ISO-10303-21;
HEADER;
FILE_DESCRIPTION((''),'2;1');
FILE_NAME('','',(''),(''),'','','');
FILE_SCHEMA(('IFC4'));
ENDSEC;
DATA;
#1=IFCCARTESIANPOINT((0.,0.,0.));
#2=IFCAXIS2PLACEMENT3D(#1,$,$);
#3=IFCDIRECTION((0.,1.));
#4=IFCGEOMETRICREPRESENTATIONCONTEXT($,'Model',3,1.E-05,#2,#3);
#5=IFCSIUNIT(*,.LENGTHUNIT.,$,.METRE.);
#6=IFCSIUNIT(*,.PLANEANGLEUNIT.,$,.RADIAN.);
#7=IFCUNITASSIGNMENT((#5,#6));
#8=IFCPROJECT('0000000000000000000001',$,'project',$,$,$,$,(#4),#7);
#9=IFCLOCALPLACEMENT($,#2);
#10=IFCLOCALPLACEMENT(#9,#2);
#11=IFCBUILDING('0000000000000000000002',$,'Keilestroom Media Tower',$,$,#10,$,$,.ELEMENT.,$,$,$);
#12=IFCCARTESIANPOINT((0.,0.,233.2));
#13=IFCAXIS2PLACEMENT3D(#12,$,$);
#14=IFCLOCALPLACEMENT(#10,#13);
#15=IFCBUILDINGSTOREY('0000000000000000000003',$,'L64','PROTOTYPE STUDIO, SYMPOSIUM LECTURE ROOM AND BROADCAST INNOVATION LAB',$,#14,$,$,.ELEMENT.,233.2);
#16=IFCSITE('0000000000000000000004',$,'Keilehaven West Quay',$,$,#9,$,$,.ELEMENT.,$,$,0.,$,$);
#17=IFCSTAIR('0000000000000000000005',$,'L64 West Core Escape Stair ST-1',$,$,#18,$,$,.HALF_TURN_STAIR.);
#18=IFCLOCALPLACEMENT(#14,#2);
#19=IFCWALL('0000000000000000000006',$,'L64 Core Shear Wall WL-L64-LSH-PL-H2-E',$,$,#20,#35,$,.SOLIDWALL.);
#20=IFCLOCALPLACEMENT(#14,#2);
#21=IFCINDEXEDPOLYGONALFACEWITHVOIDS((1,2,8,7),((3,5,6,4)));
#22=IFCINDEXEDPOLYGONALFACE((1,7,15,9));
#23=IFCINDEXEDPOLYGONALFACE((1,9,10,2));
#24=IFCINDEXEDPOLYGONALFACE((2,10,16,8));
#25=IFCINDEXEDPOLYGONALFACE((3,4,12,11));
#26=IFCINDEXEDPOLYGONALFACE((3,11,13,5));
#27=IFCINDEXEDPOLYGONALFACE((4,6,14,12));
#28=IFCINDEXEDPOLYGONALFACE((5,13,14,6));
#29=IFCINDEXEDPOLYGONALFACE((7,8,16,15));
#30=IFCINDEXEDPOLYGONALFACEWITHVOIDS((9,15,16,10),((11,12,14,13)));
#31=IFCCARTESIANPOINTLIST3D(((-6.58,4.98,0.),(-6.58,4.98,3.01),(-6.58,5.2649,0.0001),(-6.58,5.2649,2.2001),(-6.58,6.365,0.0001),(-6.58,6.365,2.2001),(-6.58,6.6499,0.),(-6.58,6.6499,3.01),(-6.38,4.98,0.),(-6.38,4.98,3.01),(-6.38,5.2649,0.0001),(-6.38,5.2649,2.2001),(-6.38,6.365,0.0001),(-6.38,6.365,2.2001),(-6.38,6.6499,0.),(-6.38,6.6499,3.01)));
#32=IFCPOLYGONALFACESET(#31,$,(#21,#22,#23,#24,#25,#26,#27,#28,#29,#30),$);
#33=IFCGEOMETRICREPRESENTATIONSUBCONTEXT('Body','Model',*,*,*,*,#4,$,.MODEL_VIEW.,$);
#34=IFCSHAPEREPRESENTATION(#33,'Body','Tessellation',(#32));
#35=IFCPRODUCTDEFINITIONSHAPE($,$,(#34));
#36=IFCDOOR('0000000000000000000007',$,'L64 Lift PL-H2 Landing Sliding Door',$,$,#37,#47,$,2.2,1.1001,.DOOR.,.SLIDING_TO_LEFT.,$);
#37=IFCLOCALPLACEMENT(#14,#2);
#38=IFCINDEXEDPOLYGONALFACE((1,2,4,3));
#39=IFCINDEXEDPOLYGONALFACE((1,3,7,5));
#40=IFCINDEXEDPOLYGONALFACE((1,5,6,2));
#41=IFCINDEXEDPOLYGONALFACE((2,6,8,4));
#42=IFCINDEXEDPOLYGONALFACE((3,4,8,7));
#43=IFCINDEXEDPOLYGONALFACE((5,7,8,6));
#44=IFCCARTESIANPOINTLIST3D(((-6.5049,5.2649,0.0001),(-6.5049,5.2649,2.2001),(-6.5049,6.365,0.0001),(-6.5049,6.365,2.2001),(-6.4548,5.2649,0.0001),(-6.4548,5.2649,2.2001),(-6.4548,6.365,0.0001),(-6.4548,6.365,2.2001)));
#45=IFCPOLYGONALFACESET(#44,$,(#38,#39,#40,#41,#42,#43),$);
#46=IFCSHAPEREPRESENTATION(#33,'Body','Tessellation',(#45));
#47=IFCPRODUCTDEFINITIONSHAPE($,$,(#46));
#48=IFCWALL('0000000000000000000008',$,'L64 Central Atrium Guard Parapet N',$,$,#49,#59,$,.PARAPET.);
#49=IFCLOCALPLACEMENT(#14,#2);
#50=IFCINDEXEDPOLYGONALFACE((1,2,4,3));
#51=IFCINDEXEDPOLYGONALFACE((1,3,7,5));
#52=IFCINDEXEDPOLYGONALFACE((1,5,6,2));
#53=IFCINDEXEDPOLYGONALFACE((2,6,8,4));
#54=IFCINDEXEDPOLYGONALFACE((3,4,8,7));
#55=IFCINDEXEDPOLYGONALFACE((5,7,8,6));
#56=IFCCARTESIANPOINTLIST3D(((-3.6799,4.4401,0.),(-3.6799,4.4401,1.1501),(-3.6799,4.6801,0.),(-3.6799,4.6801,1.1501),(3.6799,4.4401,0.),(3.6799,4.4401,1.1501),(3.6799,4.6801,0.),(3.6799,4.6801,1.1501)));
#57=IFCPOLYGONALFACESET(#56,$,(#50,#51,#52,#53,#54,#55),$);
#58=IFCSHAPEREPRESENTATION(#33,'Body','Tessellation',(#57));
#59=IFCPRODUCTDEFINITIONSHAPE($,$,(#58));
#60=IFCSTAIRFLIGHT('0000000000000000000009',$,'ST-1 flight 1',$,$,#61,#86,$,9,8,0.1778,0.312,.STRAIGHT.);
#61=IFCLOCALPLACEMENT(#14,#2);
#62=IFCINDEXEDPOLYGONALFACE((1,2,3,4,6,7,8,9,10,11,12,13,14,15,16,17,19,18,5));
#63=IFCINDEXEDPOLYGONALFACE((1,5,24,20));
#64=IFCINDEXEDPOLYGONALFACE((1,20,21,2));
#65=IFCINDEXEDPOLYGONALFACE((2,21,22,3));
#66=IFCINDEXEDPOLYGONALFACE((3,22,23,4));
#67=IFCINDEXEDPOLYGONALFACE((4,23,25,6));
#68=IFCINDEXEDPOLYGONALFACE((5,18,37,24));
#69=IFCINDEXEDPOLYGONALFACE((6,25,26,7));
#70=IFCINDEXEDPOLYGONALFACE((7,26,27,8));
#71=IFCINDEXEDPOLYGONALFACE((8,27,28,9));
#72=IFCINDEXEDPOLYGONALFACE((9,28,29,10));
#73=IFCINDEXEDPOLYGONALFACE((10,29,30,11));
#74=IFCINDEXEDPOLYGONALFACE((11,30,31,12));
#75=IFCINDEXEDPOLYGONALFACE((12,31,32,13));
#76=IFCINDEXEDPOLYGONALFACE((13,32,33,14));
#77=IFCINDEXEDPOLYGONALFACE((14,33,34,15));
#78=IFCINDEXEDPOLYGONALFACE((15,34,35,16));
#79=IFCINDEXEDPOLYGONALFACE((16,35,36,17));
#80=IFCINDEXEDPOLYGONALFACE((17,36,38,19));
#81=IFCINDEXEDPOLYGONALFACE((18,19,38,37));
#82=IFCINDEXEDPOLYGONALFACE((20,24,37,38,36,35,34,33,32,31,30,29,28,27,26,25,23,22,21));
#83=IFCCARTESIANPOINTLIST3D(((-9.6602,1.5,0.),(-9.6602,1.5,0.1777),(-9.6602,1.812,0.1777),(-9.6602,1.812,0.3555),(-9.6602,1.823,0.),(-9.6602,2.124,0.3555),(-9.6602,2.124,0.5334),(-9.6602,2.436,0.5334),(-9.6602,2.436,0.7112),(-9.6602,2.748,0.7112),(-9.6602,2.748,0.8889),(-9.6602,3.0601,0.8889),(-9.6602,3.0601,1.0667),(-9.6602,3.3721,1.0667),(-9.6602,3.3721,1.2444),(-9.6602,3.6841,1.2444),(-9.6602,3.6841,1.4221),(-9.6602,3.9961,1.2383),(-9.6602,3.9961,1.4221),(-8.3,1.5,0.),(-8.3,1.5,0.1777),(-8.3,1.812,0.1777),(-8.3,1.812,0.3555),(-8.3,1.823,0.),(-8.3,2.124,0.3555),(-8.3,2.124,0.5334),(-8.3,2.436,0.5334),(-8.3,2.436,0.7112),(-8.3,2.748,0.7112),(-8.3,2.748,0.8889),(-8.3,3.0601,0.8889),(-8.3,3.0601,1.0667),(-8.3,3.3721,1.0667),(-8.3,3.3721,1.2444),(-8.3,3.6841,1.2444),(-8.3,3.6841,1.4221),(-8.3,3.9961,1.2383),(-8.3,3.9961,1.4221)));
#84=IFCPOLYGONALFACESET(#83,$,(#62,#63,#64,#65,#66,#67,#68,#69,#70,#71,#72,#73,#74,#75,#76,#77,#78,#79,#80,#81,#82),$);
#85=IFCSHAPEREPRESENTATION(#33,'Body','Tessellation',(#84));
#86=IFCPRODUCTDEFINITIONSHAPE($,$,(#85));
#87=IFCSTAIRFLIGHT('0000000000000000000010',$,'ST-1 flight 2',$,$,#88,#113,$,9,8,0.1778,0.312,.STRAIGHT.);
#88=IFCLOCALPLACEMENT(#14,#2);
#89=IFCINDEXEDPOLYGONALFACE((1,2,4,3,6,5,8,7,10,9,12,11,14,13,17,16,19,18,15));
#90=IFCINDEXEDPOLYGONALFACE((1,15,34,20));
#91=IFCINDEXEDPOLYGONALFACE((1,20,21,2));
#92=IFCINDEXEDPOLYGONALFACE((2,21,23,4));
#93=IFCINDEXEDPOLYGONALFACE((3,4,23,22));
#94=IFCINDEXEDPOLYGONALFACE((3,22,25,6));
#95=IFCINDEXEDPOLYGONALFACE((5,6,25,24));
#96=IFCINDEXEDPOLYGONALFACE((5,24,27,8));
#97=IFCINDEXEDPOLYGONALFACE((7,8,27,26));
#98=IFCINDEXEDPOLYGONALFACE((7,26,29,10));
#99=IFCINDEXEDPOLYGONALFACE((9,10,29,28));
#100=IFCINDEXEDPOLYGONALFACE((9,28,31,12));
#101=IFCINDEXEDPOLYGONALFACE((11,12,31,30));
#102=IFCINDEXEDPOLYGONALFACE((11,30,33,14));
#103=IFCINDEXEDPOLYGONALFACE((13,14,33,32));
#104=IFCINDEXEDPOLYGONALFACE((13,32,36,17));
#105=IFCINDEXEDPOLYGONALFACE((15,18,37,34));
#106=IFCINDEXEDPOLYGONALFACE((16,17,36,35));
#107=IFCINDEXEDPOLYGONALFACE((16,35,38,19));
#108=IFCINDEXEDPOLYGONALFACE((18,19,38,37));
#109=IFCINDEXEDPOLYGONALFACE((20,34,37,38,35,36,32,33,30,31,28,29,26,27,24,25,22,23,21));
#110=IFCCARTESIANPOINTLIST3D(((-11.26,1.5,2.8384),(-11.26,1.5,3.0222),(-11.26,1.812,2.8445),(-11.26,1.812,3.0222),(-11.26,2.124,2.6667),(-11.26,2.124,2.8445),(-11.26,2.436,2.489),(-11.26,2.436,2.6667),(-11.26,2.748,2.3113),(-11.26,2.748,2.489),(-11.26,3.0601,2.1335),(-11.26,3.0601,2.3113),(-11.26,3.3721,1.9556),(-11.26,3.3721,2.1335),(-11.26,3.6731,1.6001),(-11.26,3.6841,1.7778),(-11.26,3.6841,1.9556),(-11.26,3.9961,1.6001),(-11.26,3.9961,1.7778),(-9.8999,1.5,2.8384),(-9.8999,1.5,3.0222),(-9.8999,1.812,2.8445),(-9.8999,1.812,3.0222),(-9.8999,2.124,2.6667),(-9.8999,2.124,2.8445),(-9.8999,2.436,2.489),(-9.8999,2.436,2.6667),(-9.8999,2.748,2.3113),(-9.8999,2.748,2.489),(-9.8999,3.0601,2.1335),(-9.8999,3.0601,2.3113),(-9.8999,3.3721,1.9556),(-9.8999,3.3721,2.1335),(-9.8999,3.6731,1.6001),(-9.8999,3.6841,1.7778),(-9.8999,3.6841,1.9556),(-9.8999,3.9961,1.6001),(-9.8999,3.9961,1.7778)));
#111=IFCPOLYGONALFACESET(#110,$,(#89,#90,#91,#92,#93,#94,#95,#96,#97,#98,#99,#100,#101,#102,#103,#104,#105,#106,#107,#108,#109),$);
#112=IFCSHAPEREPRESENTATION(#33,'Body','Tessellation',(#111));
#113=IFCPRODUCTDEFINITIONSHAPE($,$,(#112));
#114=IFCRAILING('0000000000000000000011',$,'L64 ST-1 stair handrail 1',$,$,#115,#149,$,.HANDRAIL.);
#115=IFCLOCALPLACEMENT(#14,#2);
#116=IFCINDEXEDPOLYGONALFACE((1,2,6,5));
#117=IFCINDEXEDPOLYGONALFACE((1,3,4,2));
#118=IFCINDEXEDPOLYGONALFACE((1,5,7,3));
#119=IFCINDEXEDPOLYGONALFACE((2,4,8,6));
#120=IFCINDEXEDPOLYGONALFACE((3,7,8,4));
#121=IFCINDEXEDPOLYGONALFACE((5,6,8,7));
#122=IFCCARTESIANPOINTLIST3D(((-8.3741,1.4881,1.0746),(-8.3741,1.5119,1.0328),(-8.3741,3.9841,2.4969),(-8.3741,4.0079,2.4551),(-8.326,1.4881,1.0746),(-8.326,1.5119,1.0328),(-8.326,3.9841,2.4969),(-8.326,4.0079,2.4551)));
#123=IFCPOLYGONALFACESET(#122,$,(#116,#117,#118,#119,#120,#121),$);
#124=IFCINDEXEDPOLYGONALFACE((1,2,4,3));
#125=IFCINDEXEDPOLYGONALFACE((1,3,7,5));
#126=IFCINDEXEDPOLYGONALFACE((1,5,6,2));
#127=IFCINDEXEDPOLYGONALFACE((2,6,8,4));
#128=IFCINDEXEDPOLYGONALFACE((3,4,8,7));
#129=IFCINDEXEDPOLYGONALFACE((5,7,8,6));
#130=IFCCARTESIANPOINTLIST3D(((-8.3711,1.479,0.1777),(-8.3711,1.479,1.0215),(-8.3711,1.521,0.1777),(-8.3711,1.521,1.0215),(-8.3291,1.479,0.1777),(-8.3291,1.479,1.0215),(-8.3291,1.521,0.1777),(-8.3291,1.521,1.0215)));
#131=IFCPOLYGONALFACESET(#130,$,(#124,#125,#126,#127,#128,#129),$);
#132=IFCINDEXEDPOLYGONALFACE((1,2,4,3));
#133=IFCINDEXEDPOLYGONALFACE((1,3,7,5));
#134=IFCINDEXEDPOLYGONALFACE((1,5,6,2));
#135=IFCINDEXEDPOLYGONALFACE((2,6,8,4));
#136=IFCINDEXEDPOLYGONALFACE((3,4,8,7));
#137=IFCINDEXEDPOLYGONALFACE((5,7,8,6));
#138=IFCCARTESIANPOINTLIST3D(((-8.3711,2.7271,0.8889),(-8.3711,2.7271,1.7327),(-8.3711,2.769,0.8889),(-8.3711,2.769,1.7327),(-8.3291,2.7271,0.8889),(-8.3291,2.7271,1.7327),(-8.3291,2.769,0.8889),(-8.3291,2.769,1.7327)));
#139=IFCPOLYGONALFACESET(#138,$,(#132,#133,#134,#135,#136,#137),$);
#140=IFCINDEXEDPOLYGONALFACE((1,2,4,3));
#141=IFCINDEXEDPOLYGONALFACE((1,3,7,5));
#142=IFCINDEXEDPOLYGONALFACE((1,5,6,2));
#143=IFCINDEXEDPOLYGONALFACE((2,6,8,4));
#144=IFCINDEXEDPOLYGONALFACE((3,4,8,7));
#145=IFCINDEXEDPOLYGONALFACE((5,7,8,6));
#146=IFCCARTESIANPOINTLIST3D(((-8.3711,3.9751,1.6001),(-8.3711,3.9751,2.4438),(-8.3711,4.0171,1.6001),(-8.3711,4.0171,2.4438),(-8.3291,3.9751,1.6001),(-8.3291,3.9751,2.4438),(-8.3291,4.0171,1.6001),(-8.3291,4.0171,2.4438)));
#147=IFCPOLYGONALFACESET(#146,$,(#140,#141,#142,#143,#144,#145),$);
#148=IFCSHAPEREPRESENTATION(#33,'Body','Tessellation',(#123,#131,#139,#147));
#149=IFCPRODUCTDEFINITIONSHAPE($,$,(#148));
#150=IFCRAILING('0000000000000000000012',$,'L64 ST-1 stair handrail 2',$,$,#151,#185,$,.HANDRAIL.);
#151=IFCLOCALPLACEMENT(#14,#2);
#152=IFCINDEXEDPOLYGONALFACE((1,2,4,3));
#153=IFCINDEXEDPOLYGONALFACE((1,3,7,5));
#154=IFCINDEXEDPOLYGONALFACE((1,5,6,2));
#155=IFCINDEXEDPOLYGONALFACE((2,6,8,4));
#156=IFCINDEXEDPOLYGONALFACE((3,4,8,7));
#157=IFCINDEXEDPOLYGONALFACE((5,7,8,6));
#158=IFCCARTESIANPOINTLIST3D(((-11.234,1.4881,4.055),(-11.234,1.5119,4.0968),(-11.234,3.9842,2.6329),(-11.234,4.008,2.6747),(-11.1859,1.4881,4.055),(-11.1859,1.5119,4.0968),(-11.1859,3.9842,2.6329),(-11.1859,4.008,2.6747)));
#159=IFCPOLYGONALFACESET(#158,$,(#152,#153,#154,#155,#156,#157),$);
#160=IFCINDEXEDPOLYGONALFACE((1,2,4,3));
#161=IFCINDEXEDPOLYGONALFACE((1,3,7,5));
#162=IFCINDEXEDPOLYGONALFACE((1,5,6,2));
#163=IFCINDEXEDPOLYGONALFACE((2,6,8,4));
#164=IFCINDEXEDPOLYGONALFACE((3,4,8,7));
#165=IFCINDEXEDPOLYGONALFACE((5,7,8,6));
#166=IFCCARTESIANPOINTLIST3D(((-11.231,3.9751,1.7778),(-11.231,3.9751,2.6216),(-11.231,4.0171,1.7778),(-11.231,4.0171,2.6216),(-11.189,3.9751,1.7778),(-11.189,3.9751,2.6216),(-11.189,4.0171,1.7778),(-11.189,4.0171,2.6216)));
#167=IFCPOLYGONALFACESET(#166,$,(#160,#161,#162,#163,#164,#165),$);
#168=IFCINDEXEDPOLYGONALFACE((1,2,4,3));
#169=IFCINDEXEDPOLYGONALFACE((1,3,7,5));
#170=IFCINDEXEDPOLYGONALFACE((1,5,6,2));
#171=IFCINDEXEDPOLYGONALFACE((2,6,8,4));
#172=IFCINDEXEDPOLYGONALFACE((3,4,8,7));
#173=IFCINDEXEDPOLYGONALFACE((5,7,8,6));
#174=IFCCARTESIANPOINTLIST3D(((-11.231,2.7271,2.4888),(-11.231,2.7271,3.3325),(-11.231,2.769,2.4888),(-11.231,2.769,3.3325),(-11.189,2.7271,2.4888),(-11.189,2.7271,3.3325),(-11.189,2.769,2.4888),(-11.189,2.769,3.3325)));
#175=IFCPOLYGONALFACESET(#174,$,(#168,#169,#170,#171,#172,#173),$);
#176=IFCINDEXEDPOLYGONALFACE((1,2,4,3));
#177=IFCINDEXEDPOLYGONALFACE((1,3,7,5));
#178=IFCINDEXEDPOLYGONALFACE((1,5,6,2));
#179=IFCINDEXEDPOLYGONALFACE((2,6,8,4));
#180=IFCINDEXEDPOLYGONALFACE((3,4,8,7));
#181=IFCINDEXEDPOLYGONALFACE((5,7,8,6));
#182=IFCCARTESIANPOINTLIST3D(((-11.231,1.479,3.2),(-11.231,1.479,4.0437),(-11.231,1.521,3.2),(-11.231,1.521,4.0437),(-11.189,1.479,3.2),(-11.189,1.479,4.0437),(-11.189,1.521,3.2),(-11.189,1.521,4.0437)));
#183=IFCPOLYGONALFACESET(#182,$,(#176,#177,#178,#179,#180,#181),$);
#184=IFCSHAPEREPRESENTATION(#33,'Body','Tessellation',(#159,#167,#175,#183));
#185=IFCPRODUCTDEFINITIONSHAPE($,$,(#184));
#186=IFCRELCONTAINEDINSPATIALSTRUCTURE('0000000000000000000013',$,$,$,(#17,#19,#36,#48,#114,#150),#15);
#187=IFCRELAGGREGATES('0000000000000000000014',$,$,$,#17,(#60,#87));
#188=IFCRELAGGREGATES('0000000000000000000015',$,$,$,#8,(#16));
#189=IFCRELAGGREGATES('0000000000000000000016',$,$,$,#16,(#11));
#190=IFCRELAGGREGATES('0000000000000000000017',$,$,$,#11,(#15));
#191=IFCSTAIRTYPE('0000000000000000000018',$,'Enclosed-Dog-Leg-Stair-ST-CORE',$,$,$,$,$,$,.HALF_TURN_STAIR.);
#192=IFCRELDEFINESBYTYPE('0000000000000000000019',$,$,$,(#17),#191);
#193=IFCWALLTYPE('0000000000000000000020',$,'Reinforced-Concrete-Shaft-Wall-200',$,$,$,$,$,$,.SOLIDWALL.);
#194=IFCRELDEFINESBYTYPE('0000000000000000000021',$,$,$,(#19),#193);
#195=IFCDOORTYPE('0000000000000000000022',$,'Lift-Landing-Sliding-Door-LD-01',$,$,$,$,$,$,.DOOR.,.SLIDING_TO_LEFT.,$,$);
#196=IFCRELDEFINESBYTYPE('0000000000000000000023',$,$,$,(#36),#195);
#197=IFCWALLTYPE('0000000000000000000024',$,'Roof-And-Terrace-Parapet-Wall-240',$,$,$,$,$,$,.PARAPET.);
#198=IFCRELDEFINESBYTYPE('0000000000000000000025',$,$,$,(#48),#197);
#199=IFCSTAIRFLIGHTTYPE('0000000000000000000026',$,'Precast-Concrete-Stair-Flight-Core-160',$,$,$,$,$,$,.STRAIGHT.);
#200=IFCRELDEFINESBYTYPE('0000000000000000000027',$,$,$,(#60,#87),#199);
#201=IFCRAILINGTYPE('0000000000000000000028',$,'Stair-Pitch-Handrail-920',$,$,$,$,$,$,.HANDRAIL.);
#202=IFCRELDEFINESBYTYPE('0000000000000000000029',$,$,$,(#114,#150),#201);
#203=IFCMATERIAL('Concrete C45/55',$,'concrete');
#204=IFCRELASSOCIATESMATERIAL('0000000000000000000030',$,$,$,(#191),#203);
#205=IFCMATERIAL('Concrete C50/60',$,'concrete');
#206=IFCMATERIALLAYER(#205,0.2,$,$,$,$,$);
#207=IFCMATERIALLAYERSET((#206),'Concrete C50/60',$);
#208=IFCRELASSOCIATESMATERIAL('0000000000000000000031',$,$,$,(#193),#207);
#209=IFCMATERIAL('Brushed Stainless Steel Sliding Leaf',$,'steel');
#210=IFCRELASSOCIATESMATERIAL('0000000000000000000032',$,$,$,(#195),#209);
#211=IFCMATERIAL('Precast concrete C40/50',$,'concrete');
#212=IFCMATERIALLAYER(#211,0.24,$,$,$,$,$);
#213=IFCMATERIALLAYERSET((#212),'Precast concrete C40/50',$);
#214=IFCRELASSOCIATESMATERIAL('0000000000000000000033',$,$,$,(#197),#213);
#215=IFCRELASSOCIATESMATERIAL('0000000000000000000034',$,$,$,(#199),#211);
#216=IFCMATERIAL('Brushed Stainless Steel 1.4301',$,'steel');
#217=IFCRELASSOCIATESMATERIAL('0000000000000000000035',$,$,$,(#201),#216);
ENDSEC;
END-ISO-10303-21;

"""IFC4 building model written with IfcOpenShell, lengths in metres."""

from ifc_helpers import new_model, si_unit, direction, frame, frame_2d, origin, origin_2d, place, context, subcontext, project, spatial, polyline, rectangle, outline, extrude, source, transform, mapped, material, layer, layer_set, type_object, element, fill, aggregate, save


model = new_model("IFC4")

# Units and contexts
model_context = context("Model", 3, precision=1e-05, world=origin(), true_north=direction((0.0, 1.0)))
body_context = subcontext(model_context, "Body", "Model", "MODEL_VIEW")
ifc_project = project(units=[si_unit("LENGTHUNIT", "METRE"), si_unit("PLANEANGLEUNIT", "RADIAN")], contexts=[model_context])

# Site, building, storey
site_placement = place(None, origin())
site = spatial("IfcSite", under=ifc_project, at=site_placement, Name="Keilehaven West Quay", CompositionType="ELEMENT", RefElevation=0.0)
building_placement = place(site_placement, origin())
building = spatial("IfcBuilding", under=site, at=building_placement, Name="Keilestroom Media Tower", CompositionType="ELEMENT")
storey_placement = place(building_placement, frame((0.0, 0.0, 233.2)))
storey = spatial("IfcBuildingStorey", under=building, at=storey_placement, Name="L64", Description="PROTOTYPE STUDIO, SYMPOSIUM LECTURE ROOM AND BROADCAST INNOVATION LAB", CompositionType="ELEMENT", Elevation=233.2)

# Stair
ifc_material_1 = material(Name="Concrete C45/55", Category="concrete")
stair_type = type_object("IfcStairType", Name="Enclosed-Dog-Leg-Stair-ST-CORE", PredefinedType="HALF_TURN_STAIR", material=ifc_material_1)
stair_1_placement = place(storey_placement, origin())
stair_1 = element("IfcStair", 1, at=stair_1_placement, inside=storey, type_object=stair_type, Name="L64 West Core Escape Stair ST-1", PredefinedType="HALF_TURN_STAIR")

# Shared definitions
ifc_material_2 = material(Name="Concrete C50/60", Category="concrete")
ifc_layer_1 = layer(ifc_material_2, 0.2)
ifc_layer_set_1 = layer_set([ifc_layer_1], Name="Concrete C50/60")
wall_type_1 = type_object("IfcWallType", Name="Reinforced-Concrete-Shaft-Wall-200", PredefinedType="SOLIDWALL", material=ifc_layer_set_1)

# Shared definitions
ifc_material_3 = material(Name="Brushed Stainless Steel Sliding Leaf", Category="steel")
door_type = type_object("IfcDoorType", Name="Lift-Landing-Sliding-Door-LD-01", OperationType="SLIDING_TO_LEFT", PredefinedType="DOOR", material=ifc_material_3)
shared_shape_1 = source(origin(), body_context, "Body", "SweptSolid", [
    extrude(rectangle(XDim=1.1001, YDim=2.2, at=frame_2d((0.55, 1.1001))), frame((0.0, 0.0249, 0.0), z_axis=(0.0, -1.0, 0.0), x_axis=(1.0, 0.0, 0.0)), (0.0, 0.0, 1.0), 0.05),
])

# Wall, opening, door
wall_1_placement = place(storey_placement, frame((-6.48, 4.98, 0.0), z_axis=(0.0, 0.0, 1.0), x_axis=(0.0, 1.0, 0.0)))
wall_1 = element("IfcWall", 2, at=wall_1_placement, inside=storey, type_object=wall_type_1, Name="L64 Core Shear Wall WL-L64-LSH-PL-H2-E", PredefinedType="SOLIDWALL", context=body_context, shape_type="SweptSolid", body=[
    extrude(rectangle(XDim=1.6699, YDim=0.2, at=frame_2d((0.835, 0.0))), origin(), (0.0, 0.0, 1.0), 3.01),
])
opening_1_placement = place(wall_1_placement, frame((0.2849, 0.0, 0.0)))
opening_1 = element("IfcOpeningElement", 3, at=opening_1_placement, cuts=wall_1, PredefinedType="OPENING", context=body_context, shape_type="SweptSolid", body=[
    extrude(rectangle(XDim=1.1001, YDim=2.2, at=frame_2d((0.55, 1.1001))), frame((0.0, 0.1099, 0.0), z_axis=(0.0, -1.0, 0.0), x_axis=(1.0, 0.0, 0.0)), (0.0, 0.0, 1.0), 0.22),
])
door_1_placement = place(opening_1_placement, origin())
door_1 = element("IfcDoor", 4, at=door_1_placement, inside=storey, type_object=door_type, Name="L64 Lift PL-H2 Landing Sliding Door", OperationType="SLIDING_TO_LEFT", OverallHeight=2.2, OverallWidth=1.1001, PredefinedType="DOOR", context=body_context, shape_type="MappedRepresentation", body=[
    mapped(shared_shape_1, transform((0.0, 0.0, 0.0), x_axis=(1.0, 0.0, 0.0), y_axis=(0.0, 1.0, 0.0), z_axis=(0.0, 0.0, 1.0), scale=1.0)),
])
fill(opening_1, door_1)

# Wall
ifc_material_4 = material(Name="Precast concrete C40/50", Category="concrete")
ifc_layer_2 = layer(ifc_material_4, 0.24)
ifc_layer_set_2 = layer_set([ifc_layer_2], Name="Precast concrete C40/50")
wall_type_2 = type_object("IfcWallType", Name="Roof-And-Terrace-Parapet-Wall-240", PredefinedType="PARAPET", material=ifc_layer_set_2)
wall_2_placement = place(storey_placement, frame((-3.6799, 4.5601, 0.0), z_axis=(0.0, 0.0, 1.0), x_axis=(1.0, 0.0, 0.0)))
element("IfcWall", 5, at=wall_2_placement, inside=storey, type_object=wall_type_2, Name="L64 Central Atrium Guard Parapet N", PredefinedType="PARAPET", context=body_context, shape_type="SweptSolid", body=[
    extrude(rectangle(XDim=7.3599, YDim=0.24, at=frame_2d((3.6799, 0.0))), origin(), (0.0, 0.0, 1.0), 1.1501),
])

# Stair flights
stair_flight_type = type_object("IfcStairFlightType", Name="Precast-Concrete-Stair-Flight-Core-160", PredefinedType="STRAIGHT", material=ifc_material_4)
stair_flight_1_placement = place(storey_placement, frame((-8.98, 1.5, 0.0), z_axis=(0.0, 0.0, 1.0), x_axis=(0.0, 1.0, 0.0)))
stair_flight_1 = element("IfcStairFlight", 6, at=stair_flight_1_placement, type_object=stair_flight_type, Name="ST-1 flight 1", NumberOfRisers=9, NumberOfTreads=8, PredefinedType="STRAIGHT", RiserHeight=0.1778, TreadLength=0.312, context=body_context, shape_type="SweptSolid", body=[
    extrude(outline(polyline([(0.0, 0.0), (0.0, 0.1777), (0.312, 0.1777), (0.312, 0.3555), (0.624, 0.3555), (0.624, 0.5334), (0.936, 0.5334), (0.936, 0.7112), (1.248, 0.7112), (1.248, 0.8889), (1.5601, 0.8889), (1.5601, 1.0667), (1.8721, 1.0667), (1.8721, 1.2444), (2.1841, 1.2444), (2.1841, 1.4221), (2.4961, 1.4221), (2.4961, 1.6001), (2.4961, 1.2383), (0.323, 0.0), (0.0, 0.0)])), frame((0.0, 0.6802, 0.0), z_axis=(0.0, -1.0, 0.0), x_axis=(1.0, 0.0, 0.0)), (0.0, 0.0, 1.0), 1.3601),
])
stair_flight_2_placement = place(storey_placement, frame((-10.5801, 3.9961, 1.6001), z_axis=(0.0, 0.0, 1.0), x_axis=(0.0, -1.0, 0.0)))
stair_flight_2 = element("IfcStairFlight", 7, at=stair_flight_2_placement, type_object=stair_flight_type, Name="ST-1 flight 2", NumberOfRisers=9, NumberOfTreads=8, PredefinedType="STRAIGHT", RiserHeight=0.1778, TreadLength=0.312, context=body_context, shape_type="SweptSolid", body=[
    extrude(outline(polyline([(0.0, 0.0), (0.0, 0.1777), (0.312, 0.1777), (0.312, 0.3555), (0.624, 0.3555), (0.624, 0.5334), (0.936, 0.5334), (0.936, 0.7112), (1.248, 0.7112), (1.248, 0.8889), (1.5601, 0.8889), (1.5601, 1.0667), (1.8721, 1.0667), (1.8721, 1.2444), (2.1841, 1.2444), (2.1841, 1.4221), (2.4961, 1.4221), (2.4961, 1.6001), (2.4961, 1.2383), (0.323, 0.0), (0.0, 0.0)])), frame((0.0, 0.6802, 0.0), z_axis=(0.0, -1.0, 0.0), x_axis=(1.0, 0.0, 0.0)), (0.0, 0.0, 1.0), 1.3601),
])
aggregate(stair_1, [stair_flight_1, stair_flight_2])

# Railings
ifc_material_5 = material(Name="Brushed Stainless Steel 1.4301", Category="steel")
railing_type_1 = type_object("IfcRailingType", Name="Stair-Pitch-Handrail-920", PredefinedType="HANDRAIL", material=ifc_material_5)
railing_1_placement = place(storey_placement, frame((-8.3501, 1.5, 0.1777)))
element("IfcRailing", 8, at=railing_1_placement, inside=storey, type_object=railing_type_1, Name="L64 ST-1 stair handrail 1", PredefinedType="HANDRAIL", context=body_context, shape_type="SweptSolid", body=[
    extrude(rectangle(XDim=0.0481, YDim=0.0481, at=origin_2d()), frame((0.0, 0.0, 0.876), z_axis=(0.0, 0.868839, 0.495095), x_axis=(-1.0, 0.0, 0.0)), (0.0, 0.0, 1.0), 2.8728),
    extrude(rectangle(XDim=0.042, YDim=0.042, at=origin_2d()), origin(), (0.0, 0.0, 1.0), 0.8438),
    extrude(rectangle(XDim=0.042, YDim=0.042, at=origin_2d()), frame((0.0, 1.248, 0.7112)), (0.0, 0.0, 1.0), 0.8438),
    extrude(rectangle(XDim=0.042, YDim=0.042, at=origin_2d()), frame((0.0, 2.4961, 1.4224)), (0.0, 0.0, 1.0), 0.8438),
])
railing_2_placement = place(storey_placement, frame((-11.21, 3.9961, 1.7778)))
element("IfcRailing", 9, at=railing_2_placement, inside=storey, type_object=railing_type_1, Name="L64 ST-1 stair handrail 2", PredefinedType="HANDRAIL", context=body_context, shape_type="SweptSolid", body=[
    extrude(rectangle(XDim=0.0481, YDim=0.0481, at=origin_2d()), frame((0.0, 0.0, 0.876), z_axis=(0.0, -0.868875, 0.495031), x_axis=(1.0, 0.0, 0.0)), (0.0, 0.0, 1.0), 2.8728),
    extrude(rectangle(XDim=0.042, YDim=0.042, at=origin_2d()), origin(), (0.0, 0.0, 1.0), 0.8438),
    extrude(rectangle(XDim=0.042, YDim=0.042, at=origin_2d()), frame((0.0, -1.248, 0.7109)), (0.0, 0.0, 1.0), 0.8438),
    extrude(rectangle(XDim=0.042, YDim=0.042, at=origin_2d()), frame((0.0, -2.4961, 1.4221)), (0.0, 0.0, 1.0), 0.8438),
])

save(model, "model.ifc")
